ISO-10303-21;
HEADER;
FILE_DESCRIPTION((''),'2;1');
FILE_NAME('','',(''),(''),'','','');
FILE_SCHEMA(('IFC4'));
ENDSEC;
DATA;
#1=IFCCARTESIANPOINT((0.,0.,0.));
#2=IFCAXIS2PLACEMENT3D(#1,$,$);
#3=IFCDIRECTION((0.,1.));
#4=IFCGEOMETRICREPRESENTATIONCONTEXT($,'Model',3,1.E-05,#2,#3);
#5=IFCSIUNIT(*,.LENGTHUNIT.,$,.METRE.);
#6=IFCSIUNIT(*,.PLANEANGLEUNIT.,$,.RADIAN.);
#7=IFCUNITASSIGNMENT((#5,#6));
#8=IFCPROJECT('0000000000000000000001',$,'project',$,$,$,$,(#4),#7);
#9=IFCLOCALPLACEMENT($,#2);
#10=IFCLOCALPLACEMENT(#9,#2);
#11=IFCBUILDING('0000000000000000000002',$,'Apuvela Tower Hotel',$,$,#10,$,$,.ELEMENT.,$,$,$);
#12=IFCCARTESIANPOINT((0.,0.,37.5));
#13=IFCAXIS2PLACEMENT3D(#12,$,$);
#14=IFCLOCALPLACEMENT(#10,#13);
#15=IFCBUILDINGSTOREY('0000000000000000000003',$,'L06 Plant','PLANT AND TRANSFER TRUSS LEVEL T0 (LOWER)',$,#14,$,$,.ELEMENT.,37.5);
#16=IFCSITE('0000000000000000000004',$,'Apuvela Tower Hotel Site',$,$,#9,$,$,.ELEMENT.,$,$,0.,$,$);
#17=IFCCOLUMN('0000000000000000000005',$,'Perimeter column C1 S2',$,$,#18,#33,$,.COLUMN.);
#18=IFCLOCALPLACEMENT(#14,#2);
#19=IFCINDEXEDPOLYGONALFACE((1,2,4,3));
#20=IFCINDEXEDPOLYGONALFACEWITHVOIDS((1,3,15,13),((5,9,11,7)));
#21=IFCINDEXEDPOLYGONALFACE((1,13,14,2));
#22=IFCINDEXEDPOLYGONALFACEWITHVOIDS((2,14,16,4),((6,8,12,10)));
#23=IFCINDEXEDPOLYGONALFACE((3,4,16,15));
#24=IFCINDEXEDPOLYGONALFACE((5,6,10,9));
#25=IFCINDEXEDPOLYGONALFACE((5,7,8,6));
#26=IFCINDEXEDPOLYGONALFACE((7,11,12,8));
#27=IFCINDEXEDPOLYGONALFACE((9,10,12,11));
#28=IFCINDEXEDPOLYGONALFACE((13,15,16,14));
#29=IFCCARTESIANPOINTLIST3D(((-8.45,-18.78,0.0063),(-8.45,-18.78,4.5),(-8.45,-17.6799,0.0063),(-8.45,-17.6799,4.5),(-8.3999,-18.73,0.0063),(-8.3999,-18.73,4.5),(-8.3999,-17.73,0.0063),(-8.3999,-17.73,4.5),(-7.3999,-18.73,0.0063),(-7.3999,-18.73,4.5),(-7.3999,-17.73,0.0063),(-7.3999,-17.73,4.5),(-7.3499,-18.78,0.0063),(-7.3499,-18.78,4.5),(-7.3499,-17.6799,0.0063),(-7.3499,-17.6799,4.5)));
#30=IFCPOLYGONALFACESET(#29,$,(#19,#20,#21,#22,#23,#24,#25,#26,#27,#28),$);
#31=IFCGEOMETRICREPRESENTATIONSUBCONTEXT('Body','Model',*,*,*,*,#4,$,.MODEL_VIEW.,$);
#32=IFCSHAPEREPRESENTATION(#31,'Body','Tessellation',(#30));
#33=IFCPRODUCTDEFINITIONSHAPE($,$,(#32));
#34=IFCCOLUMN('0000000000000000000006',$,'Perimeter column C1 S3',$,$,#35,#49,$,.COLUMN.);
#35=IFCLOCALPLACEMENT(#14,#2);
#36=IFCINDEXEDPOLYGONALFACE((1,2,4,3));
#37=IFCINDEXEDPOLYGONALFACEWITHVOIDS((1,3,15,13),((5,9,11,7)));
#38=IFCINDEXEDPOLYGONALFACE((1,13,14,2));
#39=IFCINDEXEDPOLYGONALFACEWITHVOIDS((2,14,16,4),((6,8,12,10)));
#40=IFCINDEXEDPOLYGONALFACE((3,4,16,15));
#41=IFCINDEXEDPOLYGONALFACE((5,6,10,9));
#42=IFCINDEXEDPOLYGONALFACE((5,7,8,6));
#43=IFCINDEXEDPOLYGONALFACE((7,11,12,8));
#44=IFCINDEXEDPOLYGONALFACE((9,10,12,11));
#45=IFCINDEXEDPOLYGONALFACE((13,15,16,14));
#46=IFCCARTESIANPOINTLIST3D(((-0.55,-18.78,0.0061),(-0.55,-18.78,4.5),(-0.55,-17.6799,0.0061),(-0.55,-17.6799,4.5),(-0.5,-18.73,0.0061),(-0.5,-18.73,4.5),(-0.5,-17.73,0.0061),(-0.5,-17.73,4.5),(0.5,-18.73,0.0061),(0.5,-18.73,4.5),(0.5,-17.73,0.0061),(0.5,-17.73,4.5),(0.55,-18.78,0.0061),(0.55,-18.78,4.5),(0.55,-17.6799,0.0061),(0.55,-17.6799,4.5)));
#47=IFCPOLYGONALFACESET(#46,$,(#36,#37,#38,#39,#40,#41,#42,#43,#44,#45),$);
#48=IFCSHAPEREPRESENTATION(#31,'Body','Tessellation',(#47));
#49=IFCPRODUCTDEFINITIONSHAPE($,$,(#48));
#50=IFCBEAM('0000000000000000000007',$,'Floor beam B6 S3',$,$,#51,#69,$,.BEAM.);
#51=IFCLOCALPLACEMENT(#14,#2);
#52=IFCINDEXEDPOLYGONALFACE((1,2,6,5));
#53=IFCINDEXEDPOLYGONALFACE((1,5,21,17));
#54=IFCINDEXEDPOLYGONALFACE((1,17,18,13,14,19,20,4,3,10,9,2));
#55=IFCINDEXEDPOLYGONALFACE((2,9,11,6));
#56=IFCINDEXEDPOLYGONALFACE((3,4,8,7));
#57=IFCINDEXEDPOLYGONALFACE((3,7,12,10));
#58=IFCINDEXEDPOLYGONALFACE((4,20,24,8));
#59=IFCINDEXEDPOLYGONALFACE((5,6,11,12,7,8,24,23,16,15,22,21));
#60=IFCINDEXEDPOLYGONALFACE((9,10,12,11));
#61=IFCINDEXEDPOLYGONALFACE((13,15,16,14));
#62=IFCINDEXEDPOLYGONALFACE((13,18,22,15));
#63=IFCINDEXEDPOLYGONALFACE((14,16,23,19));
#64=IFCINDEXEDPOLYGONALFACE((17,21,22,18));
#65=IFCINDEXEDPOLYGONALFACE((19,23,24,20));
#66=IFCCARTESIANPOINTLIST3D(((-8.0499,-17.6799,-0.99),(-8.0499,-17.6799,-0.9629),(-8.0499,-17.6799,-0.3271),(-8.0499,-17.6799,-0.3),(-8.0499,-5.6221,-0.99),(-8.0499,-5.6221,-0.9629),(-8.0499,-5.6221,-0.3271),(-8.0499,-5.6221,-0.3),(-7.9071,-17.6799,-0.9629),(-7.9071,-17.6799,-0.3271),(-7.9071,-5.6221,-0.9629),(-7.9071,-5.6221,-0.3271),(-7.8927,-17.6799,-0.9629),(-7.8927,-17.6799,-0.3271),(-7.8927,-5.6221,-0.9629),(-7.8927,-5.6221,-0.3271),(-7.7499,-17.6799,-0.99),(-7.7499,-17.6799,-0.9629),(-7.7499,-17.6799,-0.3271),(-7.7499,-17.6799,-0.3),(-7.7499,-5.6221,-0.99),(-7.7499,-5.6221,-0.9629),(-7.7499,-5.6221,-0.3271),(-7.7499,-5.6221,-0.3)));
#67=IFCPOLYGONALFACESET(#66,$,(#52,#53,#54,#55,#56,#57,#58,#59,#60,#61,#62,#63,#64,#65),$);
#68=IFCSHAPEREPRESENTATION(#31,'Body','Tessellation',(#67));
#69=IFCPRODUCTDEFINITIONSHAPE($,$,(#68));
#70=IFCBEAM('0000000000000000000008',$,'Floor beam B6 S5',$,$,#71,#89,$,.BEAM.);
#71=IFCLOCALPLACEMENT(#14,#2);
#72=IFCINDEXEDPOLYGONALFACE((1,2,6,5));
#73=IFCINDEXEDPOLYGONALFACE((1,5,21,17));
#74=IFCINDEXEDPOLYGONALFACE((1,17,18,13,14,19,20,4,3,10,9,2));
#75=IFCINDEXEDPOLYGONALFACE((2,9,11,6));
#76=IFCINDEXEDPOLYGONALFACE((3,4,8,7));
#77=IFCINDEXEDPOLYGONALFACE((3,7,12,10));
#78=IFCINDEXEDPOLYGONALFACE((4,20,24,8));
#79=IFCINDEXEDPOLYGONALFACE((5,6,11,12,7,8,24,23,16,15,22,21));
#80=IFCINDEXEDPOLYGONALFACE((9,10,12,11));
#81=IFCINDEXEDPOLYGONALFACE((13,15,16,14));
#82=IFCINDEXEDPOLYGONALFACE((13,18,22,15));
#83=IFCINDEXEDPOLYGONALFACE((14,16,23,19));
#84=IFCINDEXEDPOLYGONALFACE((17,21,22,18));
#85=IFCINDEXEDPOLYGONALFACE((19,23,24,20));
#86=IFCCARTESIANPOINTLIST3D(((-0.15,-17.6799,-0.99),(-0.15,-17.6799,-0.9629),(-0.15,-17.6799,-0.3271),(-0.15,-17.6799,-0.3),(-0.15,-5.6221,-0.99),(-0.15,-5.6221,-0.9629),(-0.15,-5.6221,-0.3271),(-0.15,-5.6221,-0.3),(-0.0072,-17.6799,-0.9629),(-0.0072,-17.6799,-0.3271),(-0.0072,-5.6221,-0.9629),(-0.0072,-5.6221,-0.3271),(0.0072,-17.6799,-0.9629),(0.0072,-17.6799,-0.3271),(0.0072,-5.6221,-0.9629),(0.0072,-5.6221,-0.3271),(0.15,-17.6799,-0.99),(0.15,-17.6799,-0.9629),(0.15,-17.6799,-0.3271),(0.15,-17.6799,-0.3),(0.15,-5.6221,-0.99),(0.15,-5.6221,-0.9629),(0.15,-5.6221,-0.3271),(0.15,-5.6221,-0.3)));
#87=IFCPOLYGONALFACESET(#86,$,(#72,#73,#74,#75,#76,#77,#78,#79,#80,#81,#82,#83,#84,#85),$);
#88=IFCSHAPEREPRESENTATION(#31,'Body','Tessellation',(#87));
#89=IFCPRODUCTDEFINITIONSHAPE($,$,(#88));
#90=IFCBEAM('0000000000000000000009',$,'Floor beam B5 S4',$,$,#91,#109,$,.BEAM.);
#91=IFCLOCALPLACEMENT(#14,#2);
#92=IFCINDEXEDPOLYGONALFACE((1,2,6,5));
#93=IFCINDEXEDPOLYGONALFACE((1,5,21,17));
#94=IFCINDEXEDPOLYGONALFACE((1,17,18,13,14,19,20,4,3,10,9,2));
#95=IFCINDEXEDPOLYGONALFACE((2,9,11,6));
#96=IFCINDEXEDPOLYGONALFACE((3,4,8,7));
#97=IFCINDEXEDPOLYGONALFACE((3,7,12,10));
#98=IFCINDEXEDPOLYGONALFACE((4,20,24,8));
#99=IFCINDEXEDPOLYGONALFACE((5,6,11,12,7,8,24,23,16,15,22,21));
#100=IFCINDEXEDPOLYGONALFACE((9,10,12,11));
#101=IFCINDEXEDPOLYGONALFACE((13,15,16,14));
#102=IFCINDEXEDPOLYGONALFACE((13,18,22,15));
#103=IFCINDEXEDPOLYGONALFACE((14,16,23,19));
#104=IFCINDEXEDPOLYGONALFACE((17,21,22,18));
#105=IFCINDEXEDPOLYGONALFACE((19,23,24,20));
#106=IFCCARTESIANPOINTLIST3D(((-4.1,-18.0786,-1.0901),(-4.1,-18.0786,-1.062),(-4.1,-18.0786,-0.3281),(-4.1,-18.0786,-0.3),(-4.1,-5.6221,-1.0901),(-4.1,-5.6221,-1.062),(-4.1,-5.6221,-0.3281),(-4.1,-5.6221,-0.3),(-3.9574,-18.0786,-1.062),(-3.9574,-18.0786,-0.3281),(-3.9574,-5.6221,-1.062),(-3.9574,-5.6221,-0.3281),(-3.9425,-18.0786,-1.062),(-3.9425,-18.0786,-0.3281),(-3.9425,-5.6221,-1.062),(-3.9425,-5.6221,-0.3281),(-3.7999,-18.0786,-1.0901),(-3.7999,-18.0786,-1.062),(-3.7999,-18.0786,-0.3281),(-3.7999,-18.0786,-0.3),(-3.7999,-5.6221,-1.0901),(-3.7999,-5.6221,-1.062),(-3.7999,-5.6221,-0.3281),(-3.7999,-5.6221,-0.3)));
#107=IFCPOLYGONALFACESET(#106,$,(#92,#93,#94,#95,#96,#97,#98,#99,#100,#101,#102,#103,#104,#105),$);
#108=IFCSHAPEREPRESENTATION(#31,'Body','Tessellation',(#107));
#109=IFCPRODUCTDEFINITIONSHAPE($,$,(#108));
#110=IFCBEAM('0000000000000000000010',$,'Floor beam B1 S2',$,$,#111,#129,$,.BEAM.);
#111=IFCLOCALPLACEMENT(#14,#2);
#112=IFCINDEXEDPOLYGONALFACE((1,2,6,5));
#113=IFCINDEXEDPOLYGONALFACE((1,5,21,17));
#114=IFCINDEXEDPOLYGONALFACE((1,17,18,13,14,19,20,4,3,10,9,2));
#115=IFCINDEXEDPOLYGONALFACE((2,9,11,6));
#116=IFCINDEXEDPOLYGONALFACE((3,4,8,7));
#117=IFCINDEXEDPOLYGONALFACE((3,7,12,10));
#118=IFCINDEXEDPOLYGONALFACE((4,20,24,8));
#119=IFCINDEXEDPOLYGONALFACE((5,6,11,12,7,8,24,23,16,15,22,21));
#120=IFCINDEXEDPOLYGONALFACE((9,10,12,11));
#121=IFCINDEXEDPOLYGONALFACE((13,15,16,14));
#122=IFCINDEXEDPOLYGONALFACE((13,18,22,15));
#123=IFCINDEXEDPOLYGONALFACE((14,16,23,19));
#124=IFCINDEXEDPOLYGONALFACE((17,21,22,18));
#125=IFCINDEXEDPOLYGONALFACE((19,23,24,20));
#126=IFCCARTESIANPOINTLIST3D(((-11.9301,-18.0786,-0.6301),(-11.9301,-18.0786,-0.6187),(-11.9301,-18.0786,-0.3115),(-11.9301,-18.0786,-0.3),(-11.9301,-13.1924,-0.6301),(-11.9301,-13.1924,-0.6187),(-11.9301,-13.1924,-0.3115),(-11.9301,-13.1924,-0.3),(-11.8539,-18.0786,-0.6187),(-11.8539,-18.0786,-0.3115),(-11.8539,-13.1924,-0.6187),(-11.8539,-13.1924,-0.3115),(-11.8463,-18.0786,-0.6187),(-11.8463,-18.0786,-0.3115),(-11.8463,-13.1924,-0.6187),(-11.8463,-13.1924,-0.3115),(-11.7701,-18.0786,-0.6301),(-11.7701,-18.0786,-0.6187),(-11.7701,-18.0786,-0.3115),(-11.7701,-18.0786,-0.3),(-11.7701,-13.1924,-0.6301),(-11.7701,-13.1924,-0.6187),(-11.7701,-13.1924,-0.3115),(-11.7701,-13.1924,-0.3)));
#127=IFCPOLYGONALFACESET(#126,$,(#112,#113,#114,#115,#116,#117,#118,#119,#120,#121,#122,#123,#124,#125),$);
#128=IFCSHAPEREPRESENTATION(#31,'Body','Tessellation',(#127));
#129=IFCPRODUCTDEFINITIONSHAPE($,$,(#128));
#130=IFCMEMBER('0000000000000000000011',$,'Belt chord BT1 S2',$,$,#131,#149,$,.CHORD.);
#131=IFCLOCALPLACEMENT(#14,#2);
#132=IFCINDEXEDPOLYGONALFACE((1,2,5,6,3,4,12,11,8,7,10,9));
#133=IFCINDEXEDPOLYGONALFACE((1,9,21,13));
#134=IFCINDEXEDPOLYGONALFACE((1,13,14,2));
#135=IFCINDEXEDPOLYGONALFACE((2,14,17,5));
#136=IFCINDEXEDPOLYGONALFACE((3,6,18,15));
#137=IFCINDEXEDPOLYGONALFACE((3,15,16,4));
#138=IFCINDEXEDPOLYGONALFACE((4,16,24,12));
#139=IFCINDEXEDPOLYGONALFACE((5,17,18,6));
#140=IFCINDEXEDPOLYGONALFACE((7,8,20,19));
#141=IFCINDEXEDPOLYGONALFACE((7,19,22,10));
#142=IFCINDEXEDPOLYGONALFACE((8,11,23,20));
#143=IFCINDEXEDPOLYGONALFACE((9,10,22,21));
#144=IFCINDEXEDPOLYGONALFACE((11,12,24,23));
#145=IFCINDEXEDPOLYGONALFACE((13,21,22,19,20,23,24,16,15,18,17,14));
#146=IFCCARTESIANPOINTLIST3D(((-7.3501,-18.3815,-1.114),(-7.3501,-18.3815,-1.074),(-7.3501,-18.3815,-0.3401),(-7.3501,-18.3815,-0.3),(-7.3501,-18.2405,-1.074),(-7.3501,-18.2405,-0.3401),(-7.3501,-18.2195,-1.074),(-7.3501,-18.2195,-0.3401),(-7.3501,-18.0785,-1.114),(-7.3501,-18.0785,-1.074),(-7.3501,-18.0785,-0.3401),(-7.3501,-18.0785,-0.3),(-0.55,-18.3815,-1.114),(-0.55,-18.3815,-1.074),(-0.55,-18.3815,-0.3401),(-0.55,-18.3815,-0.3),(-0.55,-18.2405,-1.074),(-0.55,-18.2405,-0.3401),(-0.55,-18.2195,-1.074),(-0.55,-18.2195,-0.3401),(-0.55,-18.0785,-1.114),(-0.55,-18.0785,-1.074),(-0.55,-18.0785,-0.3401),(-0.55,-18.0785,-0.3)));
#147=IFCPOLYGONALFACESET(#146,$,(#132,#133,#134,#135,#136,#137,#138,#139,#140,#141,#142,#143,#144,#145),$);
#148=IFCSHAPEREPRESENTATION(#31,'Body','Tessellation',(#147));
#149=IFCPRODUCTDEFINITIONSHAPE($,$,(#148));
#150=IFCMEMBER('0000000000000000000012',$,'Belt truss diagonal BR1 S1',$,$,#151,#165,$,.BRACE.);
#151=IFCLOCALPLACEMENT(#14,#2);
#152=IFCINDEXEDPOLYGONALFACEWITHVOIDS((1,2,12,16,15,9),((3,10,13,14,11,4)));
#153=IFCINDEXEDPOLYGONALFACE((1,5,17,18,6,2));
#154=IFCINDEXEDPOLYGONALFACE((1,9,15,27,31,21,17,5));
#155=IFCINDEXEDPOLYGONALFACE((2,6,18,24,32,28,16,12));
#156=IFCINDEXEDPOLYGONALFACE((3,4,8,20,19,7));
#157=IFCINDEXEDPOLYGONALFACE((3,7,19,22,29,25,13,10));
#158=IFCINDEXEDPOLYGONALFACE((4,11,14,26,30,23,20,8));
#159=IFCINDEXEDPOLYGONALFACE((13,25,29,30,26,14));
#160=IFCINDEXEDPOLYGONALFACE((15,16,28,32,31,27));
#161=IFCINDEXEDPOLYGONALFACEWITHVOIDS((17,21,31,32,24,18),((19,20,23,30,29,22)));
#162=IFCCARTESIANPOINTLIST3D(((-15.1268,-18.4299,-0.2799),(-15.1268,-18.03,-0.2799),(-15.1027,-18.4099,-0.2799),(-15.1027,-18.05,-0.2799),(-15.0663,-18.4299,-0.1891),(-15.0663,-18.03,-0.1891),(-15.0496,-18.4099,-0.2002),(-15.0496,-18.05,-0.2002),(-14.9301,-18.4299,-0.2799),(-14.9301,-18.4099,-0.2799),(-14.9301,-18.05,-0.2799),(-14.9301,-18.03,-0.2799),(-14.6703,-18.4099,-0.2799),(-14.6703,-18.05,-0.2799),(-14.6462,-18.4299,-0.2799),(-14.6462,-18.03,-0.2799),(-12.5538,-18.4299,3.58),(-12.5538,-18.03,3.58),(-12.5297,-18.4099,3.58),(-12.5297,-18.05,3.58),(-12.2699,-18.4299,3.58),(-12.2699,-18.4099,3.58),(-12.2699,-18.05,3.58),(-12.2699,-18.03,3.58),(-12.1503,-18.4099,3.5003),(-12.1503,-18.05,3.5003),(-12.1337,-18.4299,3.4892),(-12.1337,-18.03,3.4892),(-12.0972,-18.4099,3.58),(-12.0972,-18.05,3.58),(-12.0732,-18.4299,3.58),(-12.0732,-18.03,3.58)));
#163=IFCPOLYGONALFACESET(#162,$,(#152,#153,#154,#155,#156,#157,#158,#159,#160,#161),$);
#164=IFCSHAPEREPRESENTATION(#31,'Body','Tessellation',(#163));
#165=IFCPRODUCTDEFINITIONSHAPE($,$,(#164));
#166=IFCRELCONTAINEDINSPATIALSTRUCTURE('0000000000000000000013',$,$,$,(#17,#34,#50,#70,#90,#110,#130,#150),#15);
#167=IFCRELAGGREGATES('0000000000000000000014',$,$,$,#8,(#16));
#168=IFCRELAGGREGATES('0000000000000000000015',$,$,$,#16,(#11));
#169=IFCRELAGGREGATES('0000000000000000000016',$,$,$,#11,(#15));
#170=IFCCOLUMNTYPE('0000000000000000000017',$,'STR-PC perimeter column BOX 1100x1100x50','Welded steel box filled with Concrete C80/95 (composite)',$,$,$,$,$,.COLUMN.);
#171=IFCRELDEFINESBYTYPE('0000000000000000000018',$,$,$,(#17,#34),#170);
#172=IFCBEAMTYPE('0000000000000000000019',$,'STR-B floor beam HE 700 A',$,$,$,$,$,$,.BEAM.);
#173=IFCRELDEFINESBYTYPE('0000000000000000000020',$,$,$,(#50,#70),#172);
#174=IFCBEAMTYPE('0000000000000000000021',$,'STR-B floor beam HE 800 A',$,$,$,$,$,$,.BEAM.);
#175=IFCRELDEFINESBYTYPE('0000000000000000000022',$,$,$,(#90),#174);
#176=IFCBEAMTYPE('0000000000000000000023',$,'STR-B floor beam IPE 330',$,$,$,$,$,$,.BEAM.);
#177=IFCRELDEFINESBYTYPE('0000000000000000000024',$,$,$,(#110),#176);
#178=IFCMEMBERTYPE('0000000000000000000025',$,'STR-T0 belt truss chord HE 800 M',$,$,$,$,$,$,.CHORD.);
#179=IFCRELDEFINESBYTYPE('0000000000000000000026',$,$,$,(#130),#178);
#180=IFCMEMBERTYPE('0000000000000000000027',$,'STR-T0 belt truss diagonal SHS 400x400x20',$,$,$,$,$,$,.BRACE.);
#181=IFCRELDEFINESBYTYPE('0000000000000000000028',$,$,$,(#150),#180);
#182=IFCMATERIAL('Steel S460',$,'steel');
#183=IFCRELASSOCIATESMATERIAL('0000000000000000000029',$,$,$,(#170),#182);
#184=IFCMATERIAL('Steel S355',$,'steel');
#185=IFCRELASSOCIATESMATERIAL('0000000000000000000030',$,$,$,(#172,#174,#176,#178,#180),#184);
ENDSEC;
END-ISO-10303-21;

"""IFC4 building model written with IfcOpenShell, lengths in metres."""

from ifc_helpers import new_model, si_unit, direction, frame, origin, origin_2d, place, context, subcontext, project, spatial, rectangle, hollow_rectangle, i_section, extrude, boolean, halfspace, material, material_profile, profile_set, type_object, element, save


model = new_model("IFC4")

# Units and contexts
model_context = context("Model", 3, precision=1e-05, world=origin(), true_north=direction((0.0, 1.0)))
body_context = subcontext(model_context, "Body", "Model", "MODEL_VIEW")
ifc_project = project(units=[si_unit("LENGTHUNIT", "METRE"), si_unit("PLANEANGLEUNIT", "RADIAN")], contexts=[model_context])

# Site, building, storey
site_placement = place(None, origin())
site = spatial("IfcSite", under=ifc_project, at=site_placement, Name="Apuvela Tower Hotel Site", CompositionType="ELEMENT", RefElevation=0.0)
building_placement = place(site_placement, origin())
building = spatial("IfcBuilding", under=site, at=building_placement, Name="Apuvela Tower Hotel", CompositionType="ELEMENT")
storey_placement = place(building_placement, frame((0.0, 0.0, 37.5)))
storey = spatial("IfcBuildingStorey", under=building, at=storey_placement, Name="L06 Plant", Description="PLANT AND TRANSFER TRUSS LEVEL T0 (LOWER)", CompositionType="ELEMENT", Elevation=37.5)

# Columns
ifc_material_1 = material(Name="Steel S460", Category="steel")
ifc_material_profile_1 = material_profile(ifc_material_1, hollow_rectangle(XDim=1.1001, YDim=1.1001, WallThickness=0.05, at=origin_2d()), Name="BOX 1100x1100x50")
ifc_material_2 = material(Name="Concrete C80/95", Category="concrete")
ifc_material_profile_2 = material_profile(ifc_material_2, rectangle(XDim=1.0, YDim=1.0, at=origin_2d()), Name="Concrete C80/95 infill")
ifc_profile_set_1 = profile_set([ifc_material_profile_1, ifc_material_profile_2], Name="Steel S460")
column_type = type_object("IfcColumnType", Name="STR-PC perimeter column BOX 1100x1100x50", Description="Welded steel box filled with Concrete C80/95 (composite)", PredefinedType="COLUMN", material=ifc_profile_set_1)
column_1_placement = place(storey_placement, frame((-7.8999, -18.23, 0.0), z_axis=(0.0, 0.0, 1.0), x_axis=(-1.0, 0.0, 0.0)))
element("IfcColumn", 1, at=column_1_placement, inside=storey, type_object=column_type, Name="Perimeter column C1 S2", PredefinedType="COLUMN", context=body_context, shape_type="SweptSolid", body=[
    boolean("DIFFERENCE", extrude(hollow_rectangle(XDim=1.1001, YDim=1.1001, WallThickness=0.05, at=origin_2d()), origin(), (0.0, 0.0, 1.0), 4.5), halfspace(frame((0.0, 0.0, 0.0063), z_axis=(0.0, 0.0, 1.0), x_axis=(1.0, 0.0, 0.0)), True)),
])
column_2_placement = place(storey_placement, frame((0.0, -18.23, 0.0), z_axis=(0.0, 0.0, 1.0), x_axis=(-1.0, 0.0, 0.0)))
element("IfcColumn", 2, at=column_2_placement, inside=storey, type_object=column_type, Name="Perimeter column C1 S3", PredefinedType="COLUMN", context=body_context, shape_type="SweptSolid", body=[
    boolean("DIFFERENCE", extrude(hollow_rectangle(XDim=1.1001, YDim=1.1001, WallThickness=0.05, at=origin_2d()), origin(), (0.0, 0.0, 1.0), 4.5), halfspace(frame((0.0, 0.0, 0.0061), z_axis=(0.0, 0.0, 1.0), x_axis=(1.0, 0.0, 0.0)), True)),
])

# Beams
ifc_material_3 = material(Name="Steel S355", Category="steel")
ifc_material_profile_3 = material_profile(ifc_material_3, i_section(OverallWidth=0.3, OverallDepth=0.6899, WebThickness=0.0144, FlangeThickness=0.0271, at=origin_2d()), Name="HE 700 A")
ifc_profile_set_2 = profile_set([ifc_material_profile_3], Name="Steel S355")
beam_type_1 = type_object("IfcBeamType", Name="STR-B floor beam HE 700 A", PredefinedType="BEAM", material=ifc_profile_set_2)
for number, where, z_axis, x_axis, name in (
    (3, (-7.8999, -17.6799, -0.645), (0.0, 1.0, 0.0), (-1.0, 0.0, 0.0), "Floor beam B6 S3"),
    (4, (0.0, -17.6799, -0.645), (0.0, 1.0, 0.0), (-1.0, 0.0, 0.0), "Floor beam B6 S5"),
):
    element("IfcBeam", number, at=place(storey_placement, frame(where, z_axis=z_axis, x_axis=x_axis)), inside=storey, type_object=beam_type_1, Name=name, PredefinedType="BEAM", context=body_context, shape_type="SweptSolid", body=[
        extrude(i_section(OverallWidth=0.3, OverallDepth=0.6899, WebThickness=0.0144, FlangeThickness=0.0271, at=origin_2d()), origin(), (0.0, 0.0, 1.0), 12.0579),
    ])
ifc_material_profile_4 = material_profile(ifc_material_3, i_section(OverallWidth=0.3, OverallDepth=0.79, WebThickness=0.0149, FlangeThickness=0.0281, at=origin_2d()), Name="HE 800 A")
ifc_profile_set_3 = profile_set([ifc_material_profile_4], Name="Steel S355")
beam_type_2 = type_object("IfcBeamType", Name="STR-B floor beam HE 800 A", PredefinedType="BEAM", material=ifc_profile_set_3)
beam_1_placement = place(storey_placement, frame((-3.95, -18.0786, -0.6951), z_axis=(0.0, 1.0, 0.0), x_axis=(-1.0, 0.0, 0.0)))
element("IfcBeam", 5, at=beam_1_placement, inside=storey, type_object=beam_type_2, Name="Floor beam B5 S4", PredefinedType="BEAM", context=body_context, shape_type="SweptSolid", body=[
    extrude(i_section(OverallWidth=0.3, OverallDepth=0.79, WebThickness=0.0149, FlangeThickness=0.0281, at=origin_2d()), origin(), (0.0, 0.0, 1.0), 12.4565),
])
ifc_material_profile_5 = material_profile(ifc_material_3, i_section(OverallWidth=0.1599, OverallDepth=0.3301, WebThickness=0.0076, FlangeThickness=0.0115, at=origin_2d()), Name="IPE 330")
ifc_profile_set_4 = profile_set([ifc_material_profile_5], Name="Steel S355")
beam_type_3 = type_object("IfcBeamType", Name="STR-B floor beam IPE 330", PredefinedType="BEAM", material=ifc_profile_set_4)
beam_2_placement = place(storey_placement, frame((-11.8501, -18.0786, -0.4651), z_axis=(0.0, 1.0, 0.0), x_axis=(-1.0, 0.0, 0.0)))
element("IfcBeam", 6, at=beam_2_placement, inside=storey, type_object=beam_type_3, Name="Floor beam B1 S2", PredefinedType="BEAM", context=body_context, shape_type="SweptSolid", body=[
    extrude(i_section(OverallWidth=0.1599, OverallDepth=0.3301, WebThickness=0.0076, FlangeThickness=0.0115, at=origin_2d()), origin(), (0.0, 0.0, 1.0), 4.8862),
])

# Members
ifc_material_profile_6 = material_profile(ifc_material_3, i_section(OverallWidth=0.303, OverallDepth=0.814, WebThickness=0.021, FlangeThickness=0.04, at=origin_2d()), Name="HE 800 M")
ifc_profile_set_5 = profile_set([ifc_material_profile_6], Name="Steel S355")
member_type_1 = type_object("IfcMemberType", Name="STR-T0 belt truss chord HE 800 M", PredefinedType="CHORD", material=ifc_profile_set_5)
member_1_placement = place(storey_placement, frame((-7.3501, -18.23, -0.707), z_axis=(1.0, 0.0, 0.0), x_axis=(0.0, 1.0, 0.0)))
element("IfcMember", 7, at=member_1_placement, inside=storey, type_object=member_type_1, Name="Belt chord BT1 S2", PredefinedType="CHORD", context=body_context, shape_type="SweptSolid", body=[
    extrude(i_section(OverallWidth=0.303, OverallDepth=0.814, WebThickness=0.021, FlangeThickness=0.04, at=origin_2d()), origin(), (0.0, 0.0, 1.0), 6.8),
])
ifc_material_profile_7 = material_profile(ifc_material_3, hollow_rectangle(XDim=0.3999, YDim=0.3999, WallThickness=0.02, at=origin_2d()), Name="SHS 400x400x20")
ifc_profile_set_6 = profile_set([ifc_material_profile_7], Name="Steel S355")
member_type_2 = type_object("IfcMemberType", Name="STR-T0 belt truss diagonal SHS 400x400x20", PredefinedType="BRACE", material=ifc_profile_set_6)
member_2_placement = place(storey_placement, frame((-14.8999, -18.23, -0.3), z_axis=(0.554664, 0.0, 0.832074), x_axis=(-0.832074, 0.0, 0.554664)))
solid_1 = boolean("DIFFERENCE", boolean("DIFFERENCE", extrude(hollow_rectangle(XDim=0.3999, YDim=0.3999, WallThickness=0.02, at=origin_2d()), frame((0.0, 0.0, -0.2534)), (0.0, 0.0, 1.0), 5.1938), halfspace(frame((0.0, 0.0, 0.0242), z_axis=(0.554664, 0.0, 0.832074), x_axis=(0.832074, 0.0, -0.554664)), True)), halfspace(frame((0.0, 0.0, 4.6631), z_axis=(0.554664, 0.0, 0.832074), x_axis=(0.832074, 0.0, -0.554664)), False))
element("IfcMember", 8, at=member_2_placement, inside=storey, type_object=member_type_2, Name="Belt truss diagonal BR1 S1", PredefinedType="BRACE", context=body_context, shape_type="SweptSolid", body=[
    boolean("UNION", boolean("DIFFERENCE", boolean("DIFFERENCE", extrude(hollow_rectangle(XDim=0.3999, YDim=0.3999, WallThickness=0.02, at=origin_2d()), origin(), (0.0, 0.0, 1.0), 4.6873), halfspace(frame((0.0, 0.0, 0.0242), z_axis=(0.554664, 0.0, 0.832074), x_axis=(0.832074, 0.0, -0.554664)), True)), halfspace(frame((0.0, 0.0, 4.6631), z_axis=(0.554664, 0.0, 0.832074), x_axis=(0.832074, 0.0, -0.554664)), False)), solid_1),
])

save(model, "model.ifc")
